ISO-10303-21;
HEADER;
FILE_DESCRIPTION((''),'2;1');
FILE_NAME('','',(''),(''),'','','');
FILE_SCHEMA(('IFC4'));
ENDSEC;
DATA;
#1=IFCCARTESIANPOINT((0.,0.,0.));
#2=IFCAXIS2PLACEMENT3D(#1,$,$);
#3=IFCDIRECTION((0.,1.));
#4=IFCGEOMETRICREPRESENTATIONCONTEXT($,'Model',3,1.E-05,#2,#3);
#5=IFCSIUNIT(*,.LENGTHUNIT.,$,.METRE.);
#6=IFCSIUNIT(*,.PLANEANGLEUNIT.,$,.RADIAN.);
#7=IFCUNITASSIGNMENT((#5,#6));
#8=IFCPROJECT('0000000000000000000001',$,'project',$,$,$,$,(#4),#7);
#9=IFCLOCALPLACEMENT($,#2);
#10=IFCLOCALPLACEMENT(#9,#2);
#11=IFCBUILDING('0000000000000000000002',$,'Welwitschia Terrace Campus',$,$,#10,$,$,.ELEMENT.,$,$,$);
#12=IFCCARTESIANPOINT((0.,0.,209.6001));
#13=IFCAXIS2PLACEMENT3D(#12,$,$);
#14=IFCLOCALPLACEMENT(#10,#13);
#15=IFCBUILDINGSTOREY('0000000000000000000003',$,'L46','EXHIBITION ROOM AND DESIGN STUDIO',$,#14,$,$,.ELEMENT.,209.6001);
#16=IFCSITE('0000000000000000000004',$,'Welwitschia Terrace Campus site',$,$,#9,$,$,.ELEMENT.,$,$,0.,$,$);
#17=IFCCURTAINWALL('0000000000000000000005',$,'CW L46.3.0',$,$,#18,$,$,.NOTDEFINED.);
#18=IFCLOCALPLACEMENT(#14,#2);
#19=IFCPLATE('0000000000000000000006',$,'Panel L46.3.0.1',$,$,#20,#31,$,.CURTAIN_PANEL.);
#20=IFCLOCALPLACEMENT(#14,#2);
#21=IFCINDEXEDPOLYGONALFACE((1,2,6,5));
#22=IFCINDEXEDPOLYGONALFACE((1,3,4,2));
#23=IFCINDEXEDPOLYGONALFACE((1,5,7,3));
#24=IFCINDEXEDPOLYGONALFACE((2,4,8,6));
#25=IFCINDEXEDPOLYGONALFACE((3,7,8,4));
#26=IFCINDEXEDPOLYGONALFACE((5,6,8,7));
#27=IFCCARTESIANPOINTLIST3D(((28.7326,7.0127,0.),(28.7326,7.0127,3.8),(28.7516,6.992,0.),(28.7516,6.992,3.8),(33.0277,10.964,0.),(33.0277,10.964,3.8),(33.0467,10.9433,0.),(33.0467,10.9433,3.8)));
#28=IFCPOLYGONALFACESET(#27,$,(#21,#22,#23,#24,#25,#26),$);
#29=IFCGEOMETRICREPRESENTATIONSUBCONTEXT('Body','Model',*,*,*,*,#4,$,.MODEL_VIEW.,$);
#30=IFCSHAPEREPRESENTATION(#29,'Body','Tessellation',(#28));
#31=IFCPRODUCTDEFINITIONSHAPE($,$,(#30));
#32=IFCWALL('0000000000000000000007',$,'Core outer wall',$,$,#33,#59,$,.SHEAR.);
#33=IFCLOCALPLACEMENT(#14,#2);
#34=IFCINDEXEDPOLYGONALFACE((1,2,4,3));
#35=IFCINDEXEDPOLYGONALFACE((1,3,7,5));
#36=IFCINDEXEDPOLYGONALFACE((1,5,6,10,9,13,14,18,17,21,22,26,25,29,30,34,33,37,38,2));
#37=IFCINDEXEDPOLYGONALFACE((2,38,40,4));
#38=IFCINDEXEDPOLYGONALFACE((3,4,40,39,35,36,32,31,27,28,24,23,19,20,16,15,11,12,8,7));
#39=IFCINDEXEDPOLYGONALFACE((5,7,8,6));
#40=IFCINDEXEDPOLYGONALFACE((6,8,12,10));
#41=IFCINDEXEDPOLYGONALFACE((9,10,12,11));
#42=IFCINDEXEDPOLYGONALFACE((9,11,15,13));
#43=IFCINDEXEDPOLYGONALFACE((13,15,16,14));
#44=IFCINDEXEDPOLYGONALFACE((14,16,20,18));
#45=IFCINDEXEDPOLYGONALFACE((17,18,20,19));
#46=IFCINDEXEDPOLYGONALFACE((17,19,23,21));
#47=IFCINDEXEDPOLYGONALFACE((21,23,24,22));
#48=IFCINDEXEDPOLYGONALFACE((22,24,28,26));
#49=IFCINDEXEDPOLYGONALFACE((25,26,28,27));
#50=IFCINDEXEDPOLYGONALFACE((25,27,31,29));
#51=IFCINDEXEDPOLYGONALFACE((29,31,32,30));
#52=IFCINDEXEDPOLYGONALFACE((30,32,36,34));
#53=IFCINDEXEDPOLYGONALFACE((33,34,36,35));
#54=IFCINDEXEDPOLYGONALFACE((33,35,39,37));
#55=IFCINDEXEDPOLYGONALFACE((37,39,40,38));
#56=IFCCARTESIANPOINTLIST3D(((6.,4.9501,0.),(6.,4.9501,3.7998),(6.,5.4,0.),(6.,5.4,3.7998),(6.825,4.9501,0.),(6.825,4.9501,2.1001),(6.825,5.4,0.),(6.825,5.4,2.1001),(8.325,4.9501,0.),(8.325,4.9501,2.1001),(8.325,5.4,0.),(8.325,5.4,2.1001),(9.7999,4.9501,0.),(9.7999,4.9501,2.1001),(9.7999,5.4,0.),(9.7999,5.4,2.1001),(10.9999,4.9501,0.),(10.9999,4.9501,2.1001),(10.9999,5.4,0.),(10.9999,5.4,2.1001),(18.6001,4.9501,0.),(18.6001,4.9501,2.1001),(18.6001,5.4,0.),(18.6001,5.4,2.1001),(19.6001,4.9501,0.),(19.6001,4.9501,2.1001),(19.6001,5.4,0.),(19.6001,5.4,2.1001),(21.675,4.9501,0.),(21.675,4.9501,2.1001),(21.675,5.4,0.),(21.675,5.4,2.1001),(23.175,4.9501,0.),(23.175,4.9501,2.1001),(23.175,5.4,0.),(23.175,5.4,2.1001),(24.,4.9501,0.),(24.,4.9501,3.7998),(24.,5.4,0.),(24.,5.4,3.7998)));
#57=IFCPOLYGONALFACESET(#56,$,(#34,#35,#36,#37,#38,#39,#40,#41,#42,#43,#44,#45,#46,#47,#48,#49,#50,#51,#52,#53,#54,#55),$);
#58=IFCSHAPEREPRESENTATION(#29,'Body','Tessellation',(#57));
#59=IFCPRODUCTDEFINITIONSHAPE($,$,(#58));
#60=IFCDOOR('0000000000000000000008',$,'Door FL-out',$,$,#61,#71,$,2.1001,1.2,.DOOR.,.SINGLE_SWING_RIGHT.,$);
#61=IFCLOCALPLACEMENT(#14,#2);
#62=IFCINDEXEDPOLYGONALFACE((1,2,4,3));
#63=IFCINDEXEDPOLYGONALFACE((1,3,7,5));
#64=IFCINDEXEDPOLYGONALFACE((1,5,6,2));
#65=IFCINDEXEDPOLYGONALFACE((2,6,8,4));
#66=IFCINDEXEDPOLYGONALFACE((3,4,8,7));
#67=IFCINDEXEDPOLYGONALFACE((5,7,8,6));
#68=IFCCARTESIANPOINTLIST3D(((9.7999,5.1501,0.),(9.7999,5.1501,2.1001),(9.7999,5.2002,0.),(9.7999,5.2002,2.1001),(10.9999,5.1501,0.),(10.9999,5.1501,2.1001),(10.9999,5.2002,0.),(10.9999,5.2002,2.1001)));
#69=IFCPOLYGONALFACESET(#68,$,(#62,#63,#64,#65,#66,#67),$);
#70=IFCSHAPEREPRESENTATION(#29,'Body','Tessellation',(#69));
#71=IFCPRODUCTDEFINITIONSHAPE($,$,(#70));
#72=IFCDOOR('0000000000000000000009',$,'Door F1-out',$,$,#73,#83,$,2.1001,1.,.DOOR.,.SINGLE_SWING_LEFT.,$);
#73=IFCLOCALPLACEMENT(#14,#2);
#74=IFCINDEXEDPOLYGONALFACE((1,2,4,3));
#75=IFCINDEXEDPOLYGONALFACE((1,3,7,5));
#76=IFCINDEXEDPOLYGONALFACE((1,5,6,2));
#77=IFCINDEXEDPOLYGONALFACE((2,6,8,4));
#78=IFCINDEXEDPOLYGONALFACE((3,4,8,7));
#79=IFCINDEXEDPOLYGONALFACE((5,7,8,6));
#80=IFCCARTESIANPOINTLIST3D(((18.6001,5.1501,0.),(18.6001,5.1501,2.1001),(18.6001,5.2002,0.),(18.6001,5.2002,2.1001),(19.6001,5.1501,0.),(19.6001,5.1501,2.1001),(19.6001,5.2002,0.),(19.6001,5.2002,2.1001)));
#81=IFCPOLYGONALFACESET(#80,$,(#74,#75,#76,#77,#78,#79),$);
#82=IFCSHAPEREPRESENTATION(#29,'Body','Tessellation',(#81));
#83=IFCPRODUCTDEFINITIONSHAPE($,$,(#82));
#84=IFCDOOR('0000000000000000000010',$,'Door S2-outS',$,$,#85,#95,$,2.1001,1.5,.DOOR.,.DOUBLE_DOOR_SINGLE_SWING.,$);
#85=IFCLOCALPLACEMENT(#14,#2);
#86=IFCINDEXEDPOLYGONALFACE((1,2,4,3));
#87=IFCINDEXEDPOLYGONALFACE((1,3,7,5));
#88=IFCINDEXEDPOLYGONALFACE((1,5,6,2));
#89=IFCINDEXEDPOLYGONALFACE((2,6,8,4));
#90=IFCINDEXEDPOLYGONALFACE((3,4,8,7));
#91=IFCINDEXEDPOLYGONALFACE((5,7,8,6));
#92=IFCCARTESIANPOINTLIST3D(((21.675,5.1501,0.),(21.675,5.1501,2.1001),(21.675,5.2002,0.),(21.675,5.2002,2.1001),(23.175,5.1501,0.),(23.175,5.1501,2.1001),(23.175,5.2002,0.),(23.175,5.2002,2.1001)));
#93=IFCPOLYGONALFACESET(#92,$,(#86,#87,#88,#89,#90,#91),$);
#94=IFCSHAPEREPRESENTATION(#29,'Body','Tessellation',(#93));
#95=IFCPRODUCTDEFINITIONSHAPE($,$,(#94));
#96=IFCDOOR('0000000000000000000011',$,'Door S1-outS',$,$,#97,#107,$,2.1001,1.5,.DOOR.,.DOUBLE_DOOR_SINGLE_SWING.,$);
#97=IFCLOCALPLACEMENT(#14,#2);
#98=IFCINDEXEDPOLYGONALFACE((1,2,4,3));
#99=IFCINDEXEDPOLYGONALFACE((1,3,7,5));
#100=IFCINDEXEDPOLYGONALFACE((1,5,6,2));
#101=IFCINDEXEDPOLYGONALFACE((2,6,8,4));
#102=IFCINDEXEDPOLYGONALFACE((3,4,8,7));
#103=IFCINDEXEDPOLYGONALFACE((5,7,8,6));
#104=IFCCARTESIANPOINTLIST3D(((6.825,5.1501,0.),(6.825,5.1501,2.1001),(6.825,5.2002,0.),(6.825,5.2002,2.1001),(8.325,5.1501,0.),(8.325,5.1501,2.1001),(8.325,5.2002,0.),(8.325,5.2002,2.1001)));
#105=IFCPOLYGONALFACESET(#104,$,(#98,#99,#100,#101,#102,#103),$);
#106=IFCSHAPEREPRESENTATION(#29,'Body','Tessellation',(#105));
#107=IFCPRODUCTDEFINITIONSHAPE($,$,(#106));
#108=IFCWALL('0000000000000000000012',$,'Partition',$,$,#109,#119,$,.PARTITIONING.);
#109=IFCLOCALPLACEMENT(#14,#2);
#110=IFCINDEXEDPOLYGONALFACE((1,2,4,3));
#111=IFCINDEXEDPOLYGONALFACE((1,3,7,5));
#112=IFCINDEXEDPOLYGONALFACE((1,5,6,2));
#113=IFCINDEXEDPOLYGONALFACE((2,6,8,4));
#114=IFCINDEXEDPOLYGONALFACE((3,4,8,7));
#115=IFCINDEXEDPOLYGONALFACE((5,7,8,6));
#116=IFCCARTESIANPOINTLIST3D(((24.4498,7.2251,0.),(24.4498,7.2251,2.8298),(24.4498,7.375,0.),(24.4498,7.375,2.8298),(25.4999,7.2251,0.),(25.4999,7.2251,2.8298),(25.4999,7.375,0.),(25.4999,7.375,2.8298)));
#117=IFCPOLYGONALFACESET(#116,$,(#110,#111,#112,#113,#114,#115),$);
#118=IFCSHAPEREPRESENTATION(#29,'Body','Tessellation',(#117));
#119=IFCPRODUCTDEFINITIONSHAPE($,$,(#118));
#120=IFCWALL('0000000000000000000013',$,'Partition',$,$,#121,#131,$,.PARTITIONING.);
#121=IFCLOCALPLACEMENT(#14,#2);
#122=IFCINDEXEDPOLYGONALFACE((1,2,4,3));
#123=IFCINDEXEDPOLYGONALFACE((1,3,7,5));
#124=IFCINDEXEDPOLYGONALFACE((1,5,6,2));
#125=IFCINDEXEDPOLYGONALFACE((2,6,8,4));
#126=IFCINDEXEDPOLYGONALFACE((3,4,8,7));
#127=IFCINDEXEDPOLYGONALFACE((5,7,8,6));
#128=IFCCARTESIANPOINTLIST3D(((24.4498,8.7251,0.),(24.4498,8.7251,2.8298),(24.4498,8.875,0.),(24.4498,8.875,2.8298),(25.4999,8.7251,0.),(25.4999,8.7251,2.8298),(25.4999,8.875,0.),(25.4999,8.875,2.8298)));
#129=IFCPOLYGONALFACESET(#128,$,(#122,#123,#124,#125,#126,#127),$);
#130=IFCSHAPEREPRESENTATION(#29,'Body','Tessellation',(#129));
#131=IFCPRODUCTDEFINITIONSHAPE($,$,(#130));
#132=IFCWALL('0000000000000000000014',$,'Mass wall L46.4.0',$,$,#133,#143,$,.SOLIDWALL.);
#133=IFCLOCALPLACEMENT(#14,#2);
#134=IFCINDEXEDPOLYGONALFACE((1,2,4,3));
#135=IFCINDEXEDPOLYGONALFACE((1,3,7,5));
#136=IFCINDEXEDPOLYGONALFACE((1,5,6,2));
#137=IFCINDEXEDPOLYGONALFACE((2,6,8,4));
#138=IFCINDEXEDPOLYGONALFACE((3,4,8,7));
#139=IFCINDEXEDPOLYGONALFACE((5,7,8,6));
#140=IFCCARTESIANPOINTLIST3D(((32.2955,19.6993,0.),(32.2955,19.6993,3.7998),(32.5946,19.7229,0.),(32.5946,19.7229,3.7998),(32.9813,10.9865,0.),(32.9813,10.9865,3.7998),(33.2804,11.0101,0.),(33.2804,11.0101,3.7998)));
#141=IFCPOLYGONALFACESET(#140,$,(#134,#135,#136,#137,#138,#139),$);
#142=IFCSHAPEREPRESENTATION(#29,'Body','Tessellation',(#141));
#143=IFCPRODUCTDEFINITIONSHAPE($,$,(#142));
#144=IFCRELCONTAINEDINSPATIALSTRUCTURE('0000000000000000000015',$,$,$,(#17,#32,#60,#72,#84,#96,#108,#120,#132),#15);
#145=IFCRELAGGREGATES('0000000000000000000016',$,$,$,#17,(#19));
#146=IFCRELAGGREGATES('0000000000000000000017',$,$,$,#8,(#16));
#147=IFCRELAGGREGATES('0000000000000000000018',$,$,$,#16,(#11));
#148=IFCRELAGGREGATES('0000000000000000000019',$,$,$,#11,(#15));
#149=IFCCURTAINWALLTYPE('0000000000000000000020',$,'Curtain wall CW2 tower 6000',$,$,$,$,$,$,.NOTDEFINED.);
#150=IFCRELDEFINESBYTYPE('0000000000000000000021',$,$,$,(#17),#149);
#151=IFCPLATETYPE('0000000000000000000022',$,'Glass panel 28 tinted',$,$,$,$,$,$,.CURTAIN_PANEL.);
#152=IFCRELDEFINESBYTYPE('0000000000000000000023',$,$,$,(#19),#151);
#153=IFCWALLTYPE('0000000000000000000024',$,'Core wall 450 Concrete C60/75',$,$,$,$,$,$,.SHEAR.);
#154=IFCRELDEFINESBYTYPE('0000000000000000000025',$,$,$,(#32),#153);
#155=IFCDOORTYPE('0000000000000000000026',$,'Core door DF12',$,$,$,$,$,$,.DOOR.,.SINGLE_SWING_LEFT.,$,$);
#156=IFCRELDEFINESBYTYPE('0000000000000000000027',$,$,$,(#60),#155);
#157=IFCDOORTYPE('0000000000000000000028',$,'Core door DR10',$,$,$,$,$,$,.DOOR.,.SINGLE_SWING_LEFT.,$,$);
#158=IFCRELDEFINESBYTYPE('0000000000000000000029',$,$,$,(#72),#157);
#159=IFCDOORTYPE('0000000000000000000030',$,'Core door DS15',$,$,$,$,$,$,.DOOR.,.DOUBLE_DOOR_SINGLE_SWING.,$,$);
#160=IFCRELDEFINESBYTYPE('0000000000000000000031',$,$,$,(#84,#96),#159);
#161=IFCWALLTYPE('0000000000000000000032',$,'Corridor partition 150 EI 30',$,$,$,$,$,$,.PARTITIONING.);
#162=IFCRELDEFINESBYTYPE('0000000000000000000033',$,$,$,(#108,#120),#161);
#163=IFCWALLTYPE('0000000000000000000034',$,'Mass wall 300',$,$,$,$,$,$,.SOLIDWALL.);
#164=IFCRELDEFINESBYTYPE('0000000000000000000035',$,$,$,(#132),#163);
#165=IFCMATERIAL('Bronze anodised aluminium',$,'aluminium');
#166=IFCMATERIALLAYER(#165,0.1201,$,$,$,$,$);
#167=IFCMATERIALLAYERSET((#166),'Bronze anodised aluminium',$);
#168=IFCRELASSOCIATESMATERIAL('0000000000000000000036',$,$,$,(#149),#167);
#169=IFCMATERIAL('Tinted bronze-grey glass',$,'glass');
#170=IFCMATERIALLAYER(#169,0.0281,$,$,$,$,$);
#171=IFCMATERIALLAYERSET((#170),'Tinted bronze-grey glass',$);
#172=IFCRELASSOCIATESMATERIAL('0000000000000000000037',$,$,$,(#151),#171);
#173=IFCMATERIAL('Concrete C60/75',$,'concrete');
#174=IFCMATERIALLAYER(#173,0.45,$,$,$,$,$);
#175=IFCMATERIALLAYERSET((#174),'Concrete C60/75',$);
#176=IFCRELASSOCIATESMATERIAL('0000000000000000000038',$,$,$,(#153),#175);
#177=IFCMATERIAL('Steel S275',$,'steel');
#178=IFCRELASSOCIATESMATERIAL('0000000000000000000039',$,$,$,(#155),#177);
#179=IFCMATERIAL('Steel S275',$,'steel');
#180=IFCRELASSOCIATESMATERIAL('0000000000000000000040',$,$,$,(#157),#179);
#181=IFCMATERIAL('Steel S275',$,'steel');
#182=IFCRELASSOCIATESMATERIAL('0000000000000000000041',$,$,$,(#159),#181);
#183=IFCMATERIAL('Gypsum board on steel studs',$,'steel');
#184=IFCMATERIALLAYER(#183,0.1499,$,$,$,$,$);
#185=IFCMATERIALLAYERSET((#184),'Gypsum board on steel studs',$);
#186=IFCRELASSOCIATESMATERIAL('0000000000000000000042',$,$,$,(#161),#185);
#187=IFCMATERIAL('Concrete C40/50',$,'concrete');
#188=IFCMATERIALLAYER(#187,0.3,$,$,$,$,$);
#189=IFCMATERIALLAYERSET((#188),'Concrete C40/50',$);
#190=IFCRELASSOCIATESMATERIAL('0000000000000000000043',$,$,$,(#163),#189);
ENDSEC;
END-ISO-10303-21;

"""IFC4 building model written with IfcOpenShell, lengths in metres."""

from ifc_helpers import new_model, si_unit, direction, frame, frame_2d, origin, origin_2d, place, context, subcontext, project, spatial, rectangle, extrude, material, layer, layer_set, type_object, element, fill, aggregate, save


model = new_model("IFC4")

# Units and contexts
model_context = context("Model", 3, precision=1e-05, world=origin(), true_north=direction((0.0, 1.0)))
body_context = subcontext(model_context, "Body", "Model", "MODEL_VIEW")
ifc_project = project(units=[si_unit("LENGTHUNIT", "METRE"), si_unit("PLANEANGLEUNIT", "RADIAN")], contexts=[model_context])

# Site, building, storey
site_placement = place(None, origin())
site = spatial("IfcSite", under=ifc_project, at=site_placement, Name="Welwitschia Terrace Campus site", CompositionType="ELEMENT", RefElevation=0.0)
building_placement = place(site_placement, origin())
building = spatial("IfcBuilding", under=site, at=building_placement, Name="Welwitschia Terrace Campus", CompositionType="ELEMENT")
storey_placement = place(building_placement, frame((0.0, 0.0, 209.6001)))
storey = spatial("IfcBuildingStorey", under=building, at=storey_placement, Name="L46", Description="EXHIBITION ROOM AND DESIGN STUDIO", CompositionType="ELEMENT", Elevation=209.6001)

# Curtain wall
ifc_material_1 = material(Name="Bronze anodised aluminium", Category="aluminium")
ifc_layer_1 = layer(ifc_material_1, 0.1201)
ifc_layer_set_1 = layer_set([ifc_layer_1], Name="Bronze anodised aluminium")
curtain_wall_type = type_object("IfcCurtainWallType", Name="Curtain wall CW2 tower 6000", PredefinedType="NOTDEFINED", material=ifc_layer_set_1)
curtain_wall_placement = place(storey_placement, origin())
curtain_wall = element("IfcCurtainWall", 1, at=curtain_wall_placement, inside=storey, type_object=curtain_wall_type, Name="CW L46.3.0", PredefinedType="NOTDEFINED")

# Plate
ifc_material_2 = material(Name="Tinted bronze-grey glass", Category="glass")
ifc_layer_2 = layer(ifc_material_2, 0.0281)
ifc_layer_set_2 = layer_set([ifc_layer_2], Name="Tinted bronze-grey glass")
plate_type = type_object("IfcPlateType", Name="Glass panel 28 tinted", PredefinedType="CURTAIN_PANEL", material=ifc_layer_set_2)
plate_1_placement = place(storey_placement, frame((30.8896, 8.978, 0.0), z_axis=(0.0, 0.0, 1.0), x_axis=(0.735951, 0.677034, 0.0)))
plate_1 = element("IfcPlate", 2, at=plate_1_placement, type_object=plate_type, Name="Panel L46.3.0.1", PredefinedType="CURTAIN_PANEL", context=body_context, shape_type="SweptSolid", body=[
    extrude(rectangle(XDim=5.8362, YDim=0.0281, at=origin_2d()), origin(), (0.0, 0.0, 1.0), 3.8),
])
aggregate(curtain_wall, [plate_1])

# Wall, openings, doors
ifc_material_3 = material(Name="Concrete C60/75", Category="concrete")
ifc_layer_3 = layer(ifc_material_3, 0.45)
ifc_layer_set_3 = layer_set([ifc_layer_3], Name="Concrete C60/75")
wall_type_1 = type_object("IfcWallType", Name="Core wall 450 Concrete C60/75", PredefinedType="SHEAR", material=ifc_layer_set_3)
wall_1_placement = place(storey_placement, frame((24.0, 5.175, 0.0), z_axis=(0.0, 0.0, 1.0), x_axis=(-1.0, 0.0, 0.0)))
wall_1 = element("IfcWall", 3, at=wall_1_placement, inside=storey, type_object=wall_type_1, Name="Core outer wall", PredefinedType="SHEAR", context=body_context, shape_type="SweptSolid", body=[
    extrude(rectangle(XDim=18.0, YDim=0.45, at=frame_2d((9.0, 0.0))), origin(), (0.0, 0.0, 1.0), 3.7998),
])
opening_1_placement = place(wall_1_placement, frame((0.825, 0.0, 0.0)))
opening_1 = element("IfcOpeningElement", 4, at=opening_1_placement, cuts=wall_1, PredefinedType="OPENING", context=body_context, shape_type="SweptSolid", body=[
    extrude(rectangle(XDim=1.5, YDim=2.1001, at=frame_2d((0.75, 1.05))), frame((0.0, 0.2349, 0.0), z_axis=(0.0, -1.0, 0.0), x_axis=(1.0, 0.0, 0.0)), (0.0, 0.0, 1.0), 0.47),
])
opening_2_placement = place(wall_1_placement, frame((15.675, 0.0, 0.0)))
opening_2 = element("IfcOpeningElement", 5, at=opening_2_placement, cuts=wall_1, PredefinedType="OPENING", context=body_context, shape_type="SweptSolid", body=[
    extrude(rectangle(XDim=1.5, YDim=2.1001, at=frame_2d((0.75, 1.05))), frame((0.0, 0.2349, 0.0), z_axis=(0.0, -1.0, 0.0), x_axis=(1.0, 0.0, 0.0)), (0.0, 0.0, 1.0), 0.47),
])
opening_3_placement = place(wall_1_placement, frame((13.0, 0.0, 0.0)))
opening_3 = element("IfcOpeningElement", 6, at=opening_3_placement, cuts=wall_1, PredefinedType="OPENING", context=body_context, shape_type="SweptSolid", body=[
    extrude(rectangle(XDim=1.2, YDim=2.1001, at=frame_2d((0.6001, 1.05))), frame((0.0, 0.2349, 0.0), z_axis=(0.0, -1.0, 0.0), x_axis=(1.0, 0.0, 0.0)), (0.0, 0.0, 1.0), 0.47),
])
opening_4_placement = place(wall_1_placement, frame((4.3999, 0.0, 0.0)))
opening_4 = element("IfcOpeningElement", 7, at=opening_4_placement, cuts=wall_1, PredefinedType="OPENING", context=body_context, shape_type="SweptSolid", body=[
    extrude(rectangle(XDim=1.0, YDim=2.1001, at=frame_2d((0.5, 1.05))), frame((0.0, 0.2349, 0.0), z_axis=(0.0, -1.0, 0.0), x_axis=(1.0, 0.0, 0.0)), (0.0, 0.0, 1.0), 0.47),
])
ifc_material_4 = material(Name="Steel S275", Category="steel")
door_type_1 = type_object("IfcDoorType", Name="Core door DF12", OperationType="SINGLE_SWING_LEFT", PredefinedType="DOOR", material=ifc_material_4)
door_1_placement = place(opening_3_placement, origin())
door_1 = element("IfcDoor", 8, at=door_1_placement, inside=storey, type_object=door_type_1, Name="Door FL-out", OperationType="SINGLE_SWING_RIGHT", OverallHeight=2.1001, OverallWidth=1.2, PredefinedType="DOOR", context=body_context, shape_type="SweptSolid", body=[
    extrude(rectangle(XDim=1.2, YDim=2.1001, at=frame_2d((0.6001, 1.05))), frame((0.0, 0.0249, 0.0), z_axis=(0.0, -1.0, 0.0), x_axis=(1.0, 0.0, 0.0)), (0.0, 0.0, 1.0), 0.05),
])
fill(opening_3, door_1)
ifc_material_5 = material(Name="Steel S275", Category="steel")
door_type_2 = type_object("IfcDoorType", Name="Core door DR10", OperationType="SINGLE_SWING_LEFT", PredefinedType="DOOR", material=ifc_material_5)
door_2_placement = place(opening_4_placement, origin())
door_2 = element("IfcDoor", 9, at=door_2_placement, inside=storey, type_object=door_type_2, Name="Door F1-out", OperationType="SINGLE_SWING_LEFT", OverallHeight=2.1001, OverallWidth=1.0, PredefinedType="DOOR", context=body_context, shape_type="SweptSolid", body=[
    extrude(rectangle(XDim=1.0, YDim=2.1001, at=frame_2d((0.5, 1.05))), frame((0.0, 0.0249, 0.0), z_axis=(0.0, -1.0, 0.0), x_axis=(1.0, 0.0, 0.0)), (0.0, 0.0, 1.0), 0.05),
])
fill(opening_4, door_2)
ifc_material_6 = material(Name="Steel S275", Category="steel")
door_type_3 = type_object("IfcDoorType", Name="Core door DS15", OperationType="DOUBLE_DOOR_SINGLE_SWING", PredefinedType="DOOR", material=ifc_material_6)
door_3_placement = place(opening_1_placement, origin())
door_3 = element("IfcDoor", 10, at=door_3_placement, inside=storey, type_object=door_type_3, Name="Door S2-outS", OperationType="DOUBLE_DOOR_SINGLE_SWING", OverallHeight=2.1001, OverallWidth=1.5, PredefinedType="DOOR", context=body_context, shape_type="SweptSolid", body=[
    extrude(rectangle(XDim=1.5, YDim=2.1001, at=frame_2d((0.75, 1.05))), frame((0.0, 0.0249, 0.0), z_axis=(0.0, -1.0, 0.0), x_axis=(1.0, 0.0, 0.0)), (0.0, 0.0, 1.0), 0.05),
])
fill(opening_1, door_3)
door_4_placement = place(opening_2_placement, origin())
door_4 = element("IfcDoor", 11, at=door_4_placement, inside=storey, type_object=door_type_3, Name="Door S1-outS", OperationType="DOUBLE_DOOR_SINGLE_SWING", OverallHeight=2.1001, OverallWidth=1.5, PredefinedType="DOOR", context=body_context, shape_type="SweptSolid", body=[
    extrude(rectangle(XDim=1.5, YDim=2.1001, at=frame_2d((0.75, 1.05))), frame((0.0, 0.0249, 0.0), z_axis=(0.0, -1.0, 0.0), x_axis=(1.0, 0.0, 0.0)), (0.0, 0.0, 1.0), 0.05),
])
fill(opening_2, door_4)

# Walls
ifc_material_7 = material(Name="Gypsum board on steel studs", Category="steel")
ifc_layer_4 = layer(ifc_material_7, 0.1499)
ifc_layer_set_4 = layer_set([ifc_layer_4], Name="Gypsum board on steel studs")
wall_type_2 = type_object("IfcWallType", Name="Corridor partition 150 EI 30", PredefinedType="PARTITIONING", material=ifc_layer_set_4)
for number, where, z_axis, x_axis, name in (
    (12, (24.45, 7.3, 0.0), (0.0, 0.0, 1.0), (1.0, 0.0, 0.0), "Partition"),
    (13, (24.45, 8.8, 0.0), (0.0, 0.0, 1.0), (1.0, 0.0, 0.0), "Partition"),
):
    element("IfcWall", number, at=place(storey_placement, frame(where, z_axis=z_axis, x_axis=x_axis)), inside=storey, type_object=wall_type_2, Name=name, PredefinedType="PARTITIONING", context=body_context, shape_type="SweptSolid", body=[
        extrude(rectangle(XDim=1.05, YDim=0.1499, at=frame_2d((0.5249, 0.0))), origin(), (0.0, 0.0, 1.0), 2.8298),
    ])
ifc_material_8 = material(Name="Concrete C40/50", Category="concrete")
ifc_layer_5 = layer(ifc_material_8, 0.3)
ifc_layer_set_5 = layer_set([ifc_layer_5], Name="Concrete C40/50")
wall_type_3 = type_object("IfcWallType", Name="Mass wall 300", PredefinedType="SOLIDWALL", material=ifc_layer_set_5)
wall_2_placement = place(storey_placement, frame((33.1309, 10.9983, 0.0), z_axis=(0.0, 0.0, 1.0), x_axis=(-0.078467, 0.996917, 0.0)))
element("IfcWall", 14, at=wall_2_placement, inside=storey, type_object=wall_type_3, Name="Mass wall L46.4.0", PredefinedType="SOLIDWALL", context=body_context, shape_type="SweptSolid", body=[
    extrude(rectangle(XDim=8.7397, YDim=0.3, at=frame_2d((4.3699, 0.0))), origin(), (0.0, 0.0, 1.0), 3.7998),
])

save(model, "model.ifc")
